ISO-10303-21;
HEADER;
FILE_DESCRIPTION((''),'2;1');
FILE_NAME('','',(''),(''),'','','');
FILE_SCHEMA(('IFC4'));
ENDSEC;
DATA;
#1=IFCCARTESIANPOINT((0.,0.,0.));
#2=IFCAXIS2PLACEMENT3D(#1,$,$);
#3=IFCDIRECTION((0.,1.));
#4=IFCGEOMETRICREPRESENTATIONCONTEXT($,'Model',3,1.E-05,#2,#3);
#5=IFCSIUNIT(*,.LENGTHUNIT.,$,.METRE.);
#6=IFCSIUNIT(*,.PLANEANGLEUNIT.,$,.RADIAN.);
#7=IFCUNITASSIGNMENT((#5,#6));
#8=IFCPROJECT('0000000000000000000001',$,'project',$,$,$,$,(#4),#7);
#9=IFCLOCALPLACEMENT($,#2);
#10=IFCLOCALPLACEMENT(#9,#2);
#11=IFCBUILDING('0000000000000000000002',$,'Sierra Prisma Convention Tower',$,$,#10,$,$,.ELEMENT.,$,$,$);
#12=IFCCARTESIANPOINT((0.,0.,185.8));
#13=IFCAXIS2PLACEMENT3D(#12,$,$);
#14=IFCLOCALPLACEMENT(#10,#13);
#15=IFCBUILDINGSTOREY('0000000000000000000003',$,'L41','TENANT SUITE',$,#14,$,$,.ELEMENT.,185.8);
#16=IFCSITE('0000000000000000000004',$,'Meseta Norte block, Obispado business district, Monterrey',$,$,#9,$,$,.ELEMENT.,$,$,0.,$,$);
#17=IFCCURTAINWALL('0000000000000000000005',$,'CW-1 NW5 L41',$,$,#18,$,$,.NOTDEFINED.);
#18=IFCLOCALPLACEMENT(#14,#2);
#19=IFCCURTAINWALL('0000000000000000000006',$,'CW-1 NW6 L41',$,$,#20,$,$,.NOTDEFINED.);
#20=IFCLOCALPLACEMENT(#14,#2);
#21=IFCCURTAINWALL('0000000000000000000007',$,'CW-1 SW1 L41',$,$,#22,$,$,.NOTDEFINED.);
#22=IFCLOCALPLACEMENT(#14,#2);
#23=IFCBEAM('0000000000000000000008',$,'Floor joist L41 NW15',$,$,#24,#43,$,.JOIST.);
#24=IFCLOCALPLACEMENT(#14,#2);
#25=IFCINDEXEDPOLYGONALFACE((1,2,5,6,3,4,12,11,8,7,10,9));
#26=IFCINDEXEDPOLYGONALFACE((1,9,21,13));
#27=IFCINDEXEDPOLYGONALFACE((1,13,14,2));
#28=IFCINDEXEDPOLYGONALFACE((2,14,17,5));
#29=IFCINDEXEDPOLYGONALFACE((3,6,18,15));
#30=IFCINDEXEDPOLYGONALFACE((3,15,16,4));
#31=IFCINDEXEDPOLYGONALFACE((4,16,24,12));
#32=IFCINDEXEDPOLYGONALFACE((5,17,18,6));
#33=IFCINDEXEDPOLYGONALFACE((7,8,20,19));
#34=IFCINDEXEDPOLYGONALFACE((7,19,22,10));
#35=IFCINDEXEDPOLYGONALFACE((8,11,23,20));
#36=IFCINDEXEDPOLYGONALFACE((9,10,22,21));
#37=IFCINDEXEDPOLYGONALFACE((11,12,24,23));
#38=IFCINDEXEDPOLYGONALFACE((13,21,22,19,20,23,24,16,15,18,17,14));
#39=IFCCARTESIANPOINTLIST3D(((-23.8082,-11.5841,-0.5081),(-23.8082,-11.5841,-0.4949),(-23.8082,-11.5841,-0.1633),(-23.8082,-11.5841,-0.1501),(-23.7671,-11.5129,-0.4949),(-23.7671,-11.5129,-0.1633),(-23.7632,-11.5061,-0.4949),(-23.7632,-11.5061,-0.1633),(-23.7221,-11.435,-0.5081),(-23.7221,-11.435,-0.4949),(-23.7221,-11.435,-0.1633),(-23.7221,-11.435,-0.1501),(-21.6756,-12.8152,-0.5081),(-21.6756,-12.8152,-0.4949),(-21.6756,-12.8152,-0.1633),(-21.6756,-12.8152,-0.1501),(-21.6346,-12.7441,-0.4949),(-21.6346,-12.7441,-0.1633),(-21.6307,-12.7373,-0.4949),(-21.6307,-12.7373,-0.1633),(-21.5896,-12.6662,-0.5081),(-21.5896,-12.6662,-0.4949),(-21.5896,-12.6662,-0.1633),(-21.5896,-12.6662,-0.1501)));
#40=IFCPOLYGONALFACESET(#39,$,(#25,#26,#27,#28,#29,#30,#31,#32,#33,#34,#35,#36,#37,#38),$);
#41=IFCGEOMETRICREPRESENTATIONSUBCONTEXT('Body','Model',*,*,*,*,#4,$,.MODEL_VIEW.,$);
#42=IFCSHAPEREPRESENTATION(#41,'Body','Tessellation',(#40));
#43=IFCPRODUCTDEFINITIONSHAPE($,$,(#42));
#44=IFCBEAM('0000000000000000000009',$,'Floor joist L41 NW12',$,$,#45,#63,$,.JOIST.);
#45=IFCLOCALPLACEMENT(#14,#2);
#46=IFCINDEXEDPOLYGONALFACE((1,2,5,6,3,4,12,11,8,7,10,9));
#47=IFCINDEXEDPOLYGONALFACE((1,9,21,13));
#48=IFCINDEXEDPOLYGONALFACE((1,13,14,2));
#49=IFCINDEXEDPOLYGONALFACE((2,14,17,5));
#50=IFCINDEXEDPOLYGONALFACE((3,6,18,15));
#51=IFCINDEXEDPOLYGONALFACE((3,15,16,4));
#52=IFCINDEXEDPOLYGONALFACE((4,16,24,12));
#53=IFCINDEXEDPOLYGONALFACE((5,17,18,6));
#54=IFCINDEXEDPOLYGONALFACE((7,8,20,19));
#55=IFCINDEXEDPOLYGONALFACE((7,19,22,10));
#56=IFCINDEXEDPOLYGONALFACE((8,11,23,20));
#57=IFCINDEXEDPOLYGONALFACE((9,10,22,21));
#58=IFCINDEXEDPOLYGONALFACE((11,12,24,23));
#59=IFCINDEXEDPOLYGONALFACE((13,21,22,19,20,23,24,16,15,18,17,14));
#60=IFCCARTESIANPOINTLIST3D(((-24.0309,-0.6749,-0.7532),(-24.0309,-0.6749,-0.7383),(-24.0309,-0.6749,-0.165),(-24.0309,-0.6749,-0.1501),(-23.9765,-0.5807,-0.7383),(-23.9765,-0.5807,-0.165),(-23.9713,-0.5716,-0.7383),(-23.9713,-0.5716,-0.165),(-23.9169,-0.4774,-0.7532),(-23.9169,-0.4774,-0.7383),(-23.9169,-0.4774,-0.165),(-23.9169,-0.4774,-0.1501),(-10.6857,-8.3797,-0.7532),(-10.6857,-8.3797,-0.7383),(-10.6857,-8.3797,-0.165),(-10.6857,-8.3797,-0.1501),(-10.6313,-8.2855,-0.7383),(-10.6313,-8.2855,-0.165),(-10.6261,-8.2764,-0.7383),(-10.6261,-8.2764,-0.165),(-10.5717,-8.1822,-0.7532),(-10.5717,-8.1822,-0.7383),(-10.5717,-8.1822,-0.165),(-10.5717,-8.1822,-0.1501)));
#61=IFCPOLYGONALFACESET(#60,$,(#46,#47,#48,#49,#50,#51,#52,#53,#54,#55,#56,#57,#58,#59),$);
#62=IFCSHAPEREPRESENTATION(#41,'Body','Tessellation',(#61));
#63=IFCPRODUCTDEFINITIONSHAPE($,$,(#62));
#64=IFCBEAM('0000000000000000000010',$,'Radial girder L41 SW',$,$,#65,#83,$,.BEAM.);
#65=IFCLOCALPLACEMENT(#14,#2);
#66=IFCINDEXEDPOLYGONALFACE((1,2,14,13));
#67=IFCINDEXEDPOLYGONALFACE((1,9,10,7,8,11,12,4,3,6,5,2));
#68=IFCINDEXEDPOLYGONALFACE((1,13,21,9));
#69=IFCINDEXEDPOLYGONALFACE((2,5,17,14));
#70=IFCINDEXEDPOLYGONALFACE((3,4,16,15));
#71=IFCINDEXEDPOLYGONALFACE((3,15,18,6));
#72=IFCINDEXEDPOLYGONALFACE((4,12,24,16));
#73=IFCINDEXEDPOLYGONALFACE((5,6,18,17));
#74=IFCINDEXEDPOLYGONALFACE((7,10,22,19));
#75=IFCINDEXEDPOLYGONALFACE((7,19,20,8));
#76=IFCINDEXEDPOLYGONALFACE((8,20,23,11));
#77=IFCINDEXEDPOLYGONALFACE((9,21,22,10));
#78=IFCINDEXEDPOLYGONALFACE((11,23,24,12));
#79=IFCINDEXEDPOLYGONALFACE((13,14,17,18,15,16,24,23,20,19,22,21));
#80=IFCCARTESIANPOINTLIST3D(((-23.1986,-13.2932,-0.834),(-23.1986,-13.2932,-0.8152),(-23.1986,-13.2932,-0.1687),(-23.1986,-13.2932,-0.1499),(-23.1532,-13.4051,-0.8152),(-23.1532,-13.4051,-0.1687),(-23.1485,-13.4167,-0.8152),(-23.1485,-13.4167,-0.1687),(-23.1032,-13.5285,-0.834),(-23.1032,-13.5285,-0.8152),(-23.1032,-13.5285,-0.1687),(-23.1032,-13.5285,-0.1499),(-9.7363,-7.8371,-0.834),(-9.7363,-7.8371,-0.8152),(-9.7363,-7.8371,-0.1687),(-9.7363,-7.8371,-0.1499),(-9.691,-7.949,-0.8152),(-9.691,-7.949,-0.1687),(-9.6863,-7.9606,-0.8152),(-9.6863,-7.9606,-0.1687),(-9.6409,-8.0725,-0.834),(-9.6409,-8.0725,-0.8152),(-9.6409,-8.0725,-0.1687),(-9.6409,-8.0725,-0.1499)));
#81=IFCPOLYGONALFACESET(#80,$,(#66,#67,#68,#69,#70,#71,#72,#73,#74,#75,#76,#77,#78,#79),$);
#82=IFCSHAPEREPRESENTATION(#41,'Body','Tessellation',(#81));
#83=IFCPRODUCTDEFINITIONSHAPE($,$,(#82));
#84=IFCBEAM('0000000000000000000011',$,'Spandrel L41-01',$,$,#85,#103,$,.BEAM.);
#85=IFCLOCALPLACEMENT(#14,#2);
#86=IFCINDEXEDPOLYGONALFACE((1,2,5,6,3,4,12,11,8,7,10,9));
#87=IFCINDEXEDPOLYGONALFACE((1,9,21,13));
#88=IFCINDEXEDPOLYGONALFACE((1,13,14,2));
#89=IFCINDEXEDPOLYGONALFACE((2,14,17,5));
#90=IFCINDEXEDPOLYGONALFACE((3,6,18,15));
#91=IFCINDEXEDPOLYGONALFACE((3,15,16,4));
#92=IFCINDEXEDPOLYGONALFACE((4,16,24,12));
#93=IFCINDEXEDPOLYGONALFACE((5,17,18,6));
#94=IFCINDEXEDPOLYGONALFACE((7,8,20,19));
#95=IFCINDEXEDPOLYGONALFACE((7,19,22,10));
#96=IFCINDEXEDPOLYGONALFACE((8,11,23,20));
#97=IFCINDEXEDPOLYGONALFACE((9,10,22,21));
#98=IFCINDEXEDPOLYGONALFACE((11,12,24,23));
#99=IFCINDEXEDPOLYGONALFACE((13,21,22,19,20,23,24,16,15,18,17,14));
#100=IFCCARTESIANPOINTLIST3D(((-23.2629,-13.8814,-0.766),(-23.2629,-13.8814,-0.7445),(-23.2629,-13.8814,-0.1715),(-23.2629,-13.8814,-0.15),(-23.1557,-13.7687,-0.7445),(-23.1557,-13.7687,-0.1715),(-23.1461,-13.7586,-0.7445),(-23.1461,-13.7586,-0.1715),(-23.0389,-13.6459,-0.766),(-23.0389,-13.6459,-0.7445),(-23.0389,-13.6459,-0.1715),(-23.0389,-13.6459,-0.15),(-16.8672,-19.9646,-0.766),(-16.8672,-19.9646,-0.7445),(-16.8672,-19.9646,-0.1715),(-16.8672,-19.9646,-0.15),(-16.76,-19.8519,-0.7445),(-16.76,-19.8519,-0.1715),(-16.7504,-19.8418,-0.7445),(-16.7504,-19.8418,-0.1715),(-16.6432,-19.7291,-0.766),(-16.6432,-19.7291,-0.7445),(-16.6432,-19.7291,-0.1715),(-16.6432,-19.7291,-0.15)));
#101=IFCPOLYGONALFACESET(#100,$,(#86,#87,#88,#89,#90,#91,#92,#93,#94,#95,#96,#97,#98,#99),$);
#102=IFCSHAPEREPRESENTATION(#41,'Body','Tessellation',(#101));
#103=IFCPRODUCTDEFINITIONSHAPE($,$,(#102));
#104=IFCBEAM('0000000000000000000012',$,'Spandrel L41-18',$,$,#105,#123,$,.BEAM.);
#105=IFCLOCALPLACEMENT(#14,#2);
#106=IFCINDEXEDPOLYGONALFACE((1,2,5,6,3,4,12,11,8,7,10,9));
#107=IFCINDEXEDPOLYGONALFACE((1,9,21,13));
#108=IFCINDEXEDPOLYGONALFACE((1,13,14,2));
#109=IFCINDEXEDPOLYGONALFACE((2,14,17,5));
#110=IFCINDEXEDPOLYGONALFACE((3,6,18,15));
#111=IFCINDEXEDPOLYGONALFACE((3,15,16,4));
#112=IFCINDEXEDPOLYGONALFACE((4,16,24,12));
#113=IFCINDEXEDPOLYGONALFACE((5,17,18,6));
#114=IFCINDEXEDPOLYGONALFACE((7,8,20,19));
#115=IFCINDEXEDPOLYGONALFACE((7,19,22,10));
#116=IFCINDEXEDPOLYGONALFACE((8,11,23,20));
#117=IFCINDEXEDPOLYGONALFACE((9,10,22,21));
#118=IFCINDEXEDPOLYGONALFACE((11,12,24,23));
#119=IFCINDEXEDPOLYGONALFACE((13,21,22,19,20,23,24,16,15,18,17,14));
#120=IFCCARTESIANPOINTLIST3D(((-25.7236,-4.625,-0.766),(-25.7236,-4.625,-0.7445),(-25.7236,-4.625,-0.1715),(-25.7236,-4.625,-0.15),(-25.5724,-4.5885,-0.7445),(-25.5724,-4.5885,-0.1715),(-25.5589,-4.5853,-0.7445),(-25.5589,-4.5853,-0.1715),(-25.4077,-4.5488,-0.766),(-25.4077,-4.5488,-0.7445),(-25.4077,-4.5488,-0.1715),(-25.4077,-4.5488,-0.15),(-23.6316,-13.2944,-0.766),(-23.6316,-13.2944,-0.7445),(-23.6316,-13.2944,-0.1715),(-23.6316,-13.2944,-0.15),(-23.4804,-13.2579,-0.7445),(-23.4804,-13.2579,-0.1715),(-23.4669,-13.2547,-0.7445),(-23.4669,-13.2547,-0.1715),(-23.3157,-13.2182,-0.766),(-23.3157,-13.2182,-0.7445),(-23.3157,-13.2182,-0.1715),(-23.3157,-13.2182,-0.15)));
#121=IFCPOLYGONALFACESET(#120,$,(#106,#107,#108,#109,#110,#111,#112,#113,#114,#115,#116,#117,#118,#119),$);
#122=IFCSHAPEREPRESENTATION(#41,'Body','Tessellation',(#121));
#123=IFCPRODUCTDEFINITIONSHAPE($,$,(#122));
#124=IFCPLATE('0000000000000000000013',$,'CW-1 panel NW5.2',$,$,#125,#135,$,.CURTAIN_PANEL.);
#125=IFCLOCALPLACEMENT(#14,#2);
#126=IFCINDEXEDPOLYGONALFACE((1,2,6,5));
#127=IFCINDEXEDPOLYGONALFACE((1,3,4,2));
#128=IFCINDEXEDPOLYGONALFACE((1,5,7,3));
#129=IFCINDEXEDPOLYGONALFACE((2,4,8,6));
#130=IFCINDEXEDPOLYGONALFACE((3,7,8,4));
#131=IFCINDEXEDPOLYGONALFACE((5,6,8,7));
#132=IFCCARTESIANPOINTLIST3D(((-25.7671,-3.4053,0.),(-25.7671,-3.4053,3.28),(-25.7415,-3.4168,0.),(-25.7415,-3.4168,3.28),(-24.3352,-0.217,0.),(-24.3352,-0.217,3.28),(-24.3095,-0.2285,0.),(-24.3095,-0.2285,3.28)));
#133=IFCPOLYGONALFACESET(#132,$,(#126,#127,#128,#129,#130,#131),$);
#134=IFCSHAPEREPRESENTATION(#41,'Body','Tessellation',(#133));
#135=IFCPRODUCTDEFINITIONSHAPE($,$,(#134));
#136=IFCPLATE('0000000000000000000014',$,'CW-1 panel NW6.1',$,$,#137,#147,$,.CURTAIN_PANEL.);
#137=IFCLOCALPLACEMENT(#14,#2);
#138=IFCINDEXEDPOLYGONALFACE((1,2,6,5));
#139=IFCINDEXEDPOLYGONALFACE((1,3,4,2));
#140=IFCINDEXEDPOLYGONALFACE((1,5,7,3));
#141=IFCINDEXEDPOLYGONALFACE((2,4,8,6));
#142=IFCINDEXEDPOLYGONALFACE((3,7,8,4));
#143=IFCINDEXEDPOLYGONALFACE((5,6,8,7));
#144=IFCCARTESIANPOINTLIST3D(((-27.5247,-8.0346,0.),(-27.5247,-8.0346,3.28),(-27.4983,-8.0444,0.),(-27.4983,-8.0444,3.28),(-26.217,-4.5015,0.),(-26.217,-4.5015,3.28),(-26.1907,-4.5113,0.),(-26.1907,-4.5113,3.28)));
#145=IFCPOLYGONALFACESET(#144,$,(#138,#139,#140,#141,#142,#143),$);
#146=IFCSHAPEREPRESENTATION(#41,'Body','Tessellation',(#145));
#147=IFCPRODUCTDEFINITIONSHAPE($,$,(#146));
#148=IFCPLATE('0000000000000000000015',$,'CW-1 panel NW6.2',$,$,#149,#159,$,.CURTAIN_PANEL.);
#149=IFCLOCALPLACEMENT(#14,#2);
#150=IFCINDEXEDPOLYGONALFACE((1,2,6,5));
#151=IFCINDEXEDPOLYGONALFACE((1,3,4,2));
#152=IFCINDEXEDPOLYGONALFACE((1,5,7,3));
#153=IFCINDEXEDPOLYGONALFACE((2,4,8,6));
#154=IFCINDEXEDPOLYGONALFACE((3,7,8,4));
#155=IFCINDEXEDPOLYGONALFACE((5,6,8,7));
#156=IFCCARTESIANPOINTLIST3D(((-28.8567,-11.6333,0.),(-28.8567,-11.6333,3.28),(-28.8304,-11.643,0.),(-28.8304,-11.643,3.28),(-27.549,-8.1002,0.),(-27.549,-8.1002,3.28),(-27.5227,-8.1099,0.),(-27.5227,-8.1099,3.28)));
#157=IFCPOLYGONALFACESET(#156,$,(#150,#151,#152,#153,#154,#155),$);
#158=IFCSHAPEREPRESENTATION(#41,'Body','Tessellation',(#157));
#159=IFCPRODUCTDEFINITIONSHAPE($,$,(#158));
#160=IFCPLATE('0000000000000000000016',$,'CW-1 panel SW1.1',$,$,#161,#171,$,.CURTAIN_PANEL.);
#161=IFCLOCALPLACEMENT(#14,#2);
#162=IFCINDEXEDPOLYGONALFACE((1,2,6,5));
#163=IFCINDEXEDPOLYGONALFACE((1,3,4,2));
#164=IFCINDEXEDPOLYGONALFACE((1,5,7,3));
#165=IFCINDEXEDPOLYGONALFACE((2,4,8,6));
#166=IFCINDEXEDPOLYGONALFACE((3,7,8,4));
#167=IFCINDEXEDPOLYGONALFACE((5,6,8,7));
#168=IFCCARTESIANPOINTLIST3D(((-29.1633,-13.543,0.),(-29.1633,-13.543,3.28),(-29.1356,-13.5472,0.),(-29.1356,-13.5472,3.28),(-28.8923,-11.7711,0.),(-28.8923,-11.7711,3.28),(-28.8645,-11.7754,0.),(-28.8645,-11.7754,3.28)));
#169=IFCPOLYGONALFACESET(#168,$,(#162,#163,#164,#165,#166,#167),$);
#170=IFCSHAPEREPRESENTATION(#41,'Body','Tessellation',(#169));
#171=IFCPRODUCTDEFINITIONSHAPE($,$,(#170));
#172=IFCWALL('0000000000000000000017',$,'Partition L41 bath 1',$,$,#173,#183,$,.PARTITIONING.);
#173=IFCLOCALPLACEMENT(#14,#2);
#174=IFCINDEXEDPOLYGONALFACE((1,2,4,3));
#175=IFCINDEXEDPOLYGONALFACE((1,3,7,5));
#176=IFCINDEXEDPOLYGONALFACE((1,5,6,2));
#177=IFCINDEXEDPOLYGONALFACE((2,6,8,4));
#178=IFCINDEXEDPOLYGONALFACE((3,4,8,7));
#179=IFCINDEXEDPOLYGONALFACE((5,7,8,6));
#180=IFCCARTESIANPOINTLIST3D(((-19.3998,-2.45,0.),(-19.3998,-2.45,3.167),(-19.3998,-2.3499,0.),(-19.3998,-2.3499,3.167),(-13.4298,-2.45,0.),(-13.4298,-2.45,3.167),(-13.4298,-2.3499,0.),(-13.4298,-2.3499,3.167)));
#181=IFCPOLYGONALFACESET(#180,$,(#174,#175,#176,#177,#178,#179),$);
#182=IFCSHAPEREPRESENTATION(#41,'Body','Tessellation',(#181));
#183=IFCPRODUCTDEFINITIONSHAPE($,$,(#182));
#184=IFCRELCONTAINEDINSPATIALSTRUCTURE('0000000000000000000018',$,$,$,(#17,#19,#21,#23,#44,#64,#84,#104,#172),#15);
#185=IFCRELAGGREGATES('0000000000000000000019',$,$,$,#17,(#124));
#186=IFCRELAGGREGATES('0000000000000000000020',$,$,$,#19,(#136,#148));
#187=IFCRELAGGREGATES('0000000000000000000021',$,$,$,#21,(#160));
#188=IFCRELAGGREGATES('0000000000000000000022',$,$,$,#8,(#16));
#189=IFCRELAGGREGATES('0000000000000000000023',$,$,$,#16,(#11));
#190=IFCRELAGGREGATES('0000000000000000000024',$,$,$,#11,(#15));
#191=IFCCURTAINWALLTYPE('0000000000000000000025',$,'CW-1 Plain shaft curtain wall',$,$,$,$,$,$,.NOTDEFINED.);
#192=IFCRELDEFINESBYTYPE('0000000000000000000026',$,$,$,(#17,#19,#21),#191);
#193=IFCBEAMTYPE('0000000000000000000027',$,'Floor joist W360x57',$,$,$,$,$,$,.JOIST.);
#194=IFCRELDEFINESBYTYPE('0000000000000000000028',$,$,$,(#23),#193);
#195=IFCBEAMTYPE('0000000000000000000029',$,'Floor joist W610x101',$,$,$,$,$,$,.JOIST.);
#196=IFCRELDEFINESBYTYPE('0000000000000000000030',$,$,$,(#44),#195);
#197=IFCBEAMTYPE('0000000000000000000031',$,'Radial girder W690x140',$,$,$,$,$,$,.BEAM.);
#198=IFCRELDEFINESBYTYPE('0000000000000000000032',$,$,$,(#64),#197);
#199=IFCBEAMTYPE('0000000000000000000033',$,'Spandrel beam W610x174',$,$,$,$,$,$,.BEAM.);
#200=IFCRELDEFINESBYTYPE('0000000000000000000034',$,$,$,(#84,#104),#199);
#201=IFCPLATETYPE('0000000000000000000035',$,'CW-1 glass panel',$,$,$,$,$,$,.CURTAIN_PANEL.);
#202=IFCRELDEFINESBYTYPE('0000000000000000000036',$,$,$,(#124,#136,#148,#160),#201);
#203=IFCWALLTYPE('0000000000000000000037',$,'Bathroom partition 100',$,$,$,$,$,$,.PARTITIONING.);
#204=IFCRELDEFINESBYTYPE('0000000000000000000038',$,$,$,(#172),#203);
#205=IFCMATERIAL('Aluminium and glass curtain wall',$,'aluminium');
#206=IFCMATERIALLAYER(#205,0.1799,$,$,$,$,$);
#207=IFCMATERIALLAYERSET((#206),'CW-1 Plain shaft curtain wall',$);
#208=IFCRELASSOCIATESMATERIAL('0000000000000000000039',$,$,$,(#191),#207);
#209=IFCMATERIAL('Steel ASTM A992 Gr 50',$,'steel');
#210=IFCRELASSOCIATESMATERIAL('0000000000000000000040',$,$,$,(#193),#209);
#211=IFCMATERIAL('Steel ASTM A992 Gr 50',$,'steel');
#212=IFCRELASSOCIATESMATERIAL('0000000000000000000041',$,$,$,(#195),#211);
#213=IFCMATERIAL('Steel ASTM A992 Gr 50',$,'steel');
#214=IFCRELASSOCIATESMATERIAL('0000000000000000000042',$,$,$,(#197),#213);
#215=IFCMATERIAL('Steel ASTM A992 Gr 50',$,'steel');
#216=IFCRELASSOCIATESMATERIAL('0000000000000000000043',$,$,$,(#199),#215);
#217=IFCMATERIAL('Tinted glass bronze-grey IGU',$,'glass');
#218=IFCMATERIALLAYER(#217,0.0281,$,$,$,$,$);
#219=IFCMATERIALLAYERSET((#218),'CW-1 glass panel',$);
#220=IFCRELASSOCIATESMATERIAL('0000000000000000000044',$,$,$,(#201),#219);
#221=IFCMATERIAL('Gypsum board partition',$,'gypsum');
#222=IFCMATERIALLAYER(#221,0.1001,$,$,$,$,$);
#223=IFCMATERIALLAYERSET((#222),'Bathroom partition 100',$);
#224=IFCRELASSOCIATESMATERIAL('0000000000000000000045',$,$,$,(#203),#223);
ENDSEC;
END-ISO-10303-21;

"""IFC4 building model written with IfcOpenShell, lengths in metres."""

from ifc_helpers import new_model, si_unit, direction, frame, frame_2d, origin, origin_2d, place, context, subcontext, project, spatial, rectangle, i_section, extrude, material, layer, layer_set, material_profile, profile_set, type_object, element, aggregate, save


model = new_model("IFC4")

# Units and contexts
model_context = context("Model", 3, precision=1e-05, world=origin(), true_north=direction((0.0, 1.0)))
body_context = subcontext(model_context, "Body", "Model", "MODEL_VIEW")
ifc_project = project(units=[si_unit("LENGTHUNIT", "METRE"), si_unit("PLANEANGLEUNIT", "RADIAN")], contexts=[model_context])

# Site, building, storey
site_placement = place(None, origin())
site = spatial("IfcSite", under=ifc_project, at=site_placement, Name="Meseta Norte block, Obispado business district, Monterrey", CompositionType="ELEMENT", RefElevation=0.0)
building_placement = place(site_placement, origin())
building = spatial("IfcBuilding", under=site, at=building_placement, Name="Sierra Prisma Convention Tower", CompositionType="ELEMENT")
storey_placement = place(building_placement, frame((0.0, 0.0, 185.8)))
storey = spatial("IfcBuildingStorey", under=building, at=storey_placement, Name="L41", Description="TENANT SUITE", CompositionType="ELEMENT", Elevation=185.8)

# Curtain walls
ifc_material_1 = material(Name="Aluminium and glass curtain wall", Category="aluminium")
ifc_layer_1 = layer(ifc_material_1, 0.1799)
ifc_layer_set_1 = layer_set([ifc_layer_1], Name="CW-1 Plain shaft curtain wall")
curtain_wall_type = type_object("IfcCurtainWallType", Name="CW-1 Plain shaft curtain wall", PredefinedType="NOTDEFINED", material=ifc_layer_set_1)
curtain_wall_1_placement = place(storey_placement, origin())
curtain_wall_1 = element("IfcCurtainWall", 1, at=curtain_wall_1_placement, inside=storey, type_object=curtain_wall_type, Name="CW-1 NW5 L41", PredefinedType="NOTDEFINED")
curtain_wall_2_placement = place(storey_placement, origin())
curtain_wall_2 = element("IfcCurtainWall", 2, at=curtain_wall_2_placement, inside=storey, type_object=curtain_wall_type, Name="CW-1 NW6 L41", PredefinedType="NOTDEFINED")
curtain_wall_3_placement = place(storey_placement, origin())
curtain_wall_3 = element("IfcCurtainWall", 3, at=curtain_wall_3_placement, inside=storey, type_object=curtain_wall_type, Name="CW-1 SW1 L41", PredefinedType="NOTDEFINED")

# Beams
ifc_material_2 = material(Name="Steel ASTM A992 Gr 50", Category="steel")
ifc_material_profile_1 = material_profile(ifc_material_2, i_section(OverallWidth=0.1721, OverallDepth=0.3579, WebThickness=0.0078, FlangeThickness=0.0132, at=origin_2d()), Name="W360x57")
ifc_profile_set_1 = profile_set([ifc_material_profile_1], Name="Steel ASTM A992 Gr 50")
beam_type_1 = type_object("IfcBeamType", Name="Floor joist W360x57", PredefinedType="JOIST", material=ifc_profile_set_1)
beam_1_placement = place(storey_placement, frame((-23.7651, -11.5095, -0.3291), z_axis=(0.866032, -0.499989, 0.0), x_axis=(0.499989, 0.866032, 0.0)))
element("IfcBeam", 4, at=beam_1_placement, inside=storey, type_object=beam_type_1, Name="Floor joist L41 NW15", PredefinedType="JOIST", context=body_context, shape_type="SweptSolid", body=[
    extrude(i_section(OverallWidth=0.1721, OverallDepth=0.3579, WebThickness=0.0078, FlangeThickness=0.0132, at=origin_2d()), origin(), (0.0, 0.0, 1.0), 2.4624),
])
ifc_material_3 = material(Name="Steel ASTM A992 Gr 50", Category="steel")
ifc_material_profile_2 = material_profile(ifc_material_3, i_section(OverallWidth=0.228, OverallDepth=0.603, WebThickness=0.0105, FlangeThickness=0.0149, at=origin_2d()), Name="W610x101")
ifc_profile_set_2 = profile_set([ifc_material_profile_2], Name="Steel ASTM A992 Gr 50")
beam_type_2 = type_object("IfcBeamType", Name="Floor joist W610x101", PredefinedType="JOIST", material=ifc_profile_set_2)
beam_2_placement = place(storey_placement, frame((-23.9739, -0.5762, -0.4517), z_axis=(0.866026, -0.499999, 0.0), x_axis=(0.499999, 0.866026, 0.0)))
element("IfcBeam", 5, at=beam_2_placement, inside=storey, type_object=beam_type_2, Name="Floor joist L41 NW12", PredefinedType="JOIST", context=body_context, shape_type="SweptSolid", body=[
    extrude(i_section(OverallWidth=0.228, OverallDepth=0.603, WebThickness=0.0105, FlangeThickness=0.0149, at=origin_2d()), origin(), (0.0, 0.0, 1.0), 15.4097),
])
ifc_material_4 = material(Name="Steel ASTM A992 Gr 50", Category="steel")
ifc_material_profile_3 = material_profile(ifc_material_4, i_section(OverallWidth=0.2539, OverallDepth=0.6841, WebThickness=0.0125, FlangeThickness=0.0188, at=origin_2d()), Name="W690x140")
ifc_profile_set_3 = profile_set([ifc_material_profile_3], Name="Steel ASTM A992 Gr 50")
beam_type_3 = type_object("IfcBeamType", Name="Radial girder W690x140", PredefinedType="BEAM", material=ifc_profile_set_3)
beam_3_placement = place(storey_placement, frame((-23.1509, -13.4109, -0.4919), z_axis=(0.926777, 0.375612, 0.0), x_axis=(-0.375612, 0.926777, 0.0)))
element("IfcBeam", 6, at=beam_3_placement, inside=storey, type_object=beam_type_3, Name="Radial girder L41 SW", PredefinedType="BEAM", context=body_context, shape_type="SweptSolid", body=[
    extrude(i_section(OverallWidth=0.2539, OverallDepth=0.6841, WebThickness=0.0125, FlangeThickness=0.0188, at=origin_2d()), origin(), (0.0, 0.0, 1.0), 14.5259),
])
ifc_material_5 = material(Name="Steel ASTM A992 Gr 50", Category="steel")
ifc_material_profile_4 = material_profile(ifc_material_5, i_section(OverallWidth=0.325, OverallDepth=0.616, WebThickness=0.0139, FlangeThickness=0.0215, at=origin_2d()), Name="W610x174")
ifc_profile_set_4 = profile_set([ifc_material_profile_4], Name="Steel ASTM A992 Gr 50")
beam_type_4 = type_object("IfcBeamType", Name="Spandrel beam W610x174", PredefinedType="BEAM", material=ifc_profile_set_4)
beam_4_placement = place(storey_placement, frame((-23.1509, -13.7637, -0.458), z_axis=(0.724587, -0.689183, 0.0), x_axis=(0.689183, 0.724587, 0.0)))
element("IfcBeam", 7, at=beam_4_placement, inside=storey, type_object=beam_type_4, Name="Spandrel L41-01", PredefinedType="BEAM", context=body_context, shape_type="SweptSolid", body=[
    extrude(i_section(OverallWidth=0.325, OverallDepth=0.616, WebThickness=0.0139, FlangeThickness=0.0215, at=origin_2d()), origin(), (0.0, 0.0, 1.0), 8.8267),
])
beam_5_placement = place(storey_placement, frame((-25.5657, -4.5869, -0.458), z_axis=(0.234579, -0.972097, 0.0), x_axis=(0.972097, 0.234579, 0.0)))
element("IfcBeam", 8, at=beam_5_placement, inside=storey, type_object=beam_type_4, Name="Spandrel L41-18", PredefinedType="BEAM", context=body_context, shape_type="SweptSolid", body=[
    extrude(i_section(OverallWidth=0.325, OverallDepth=0.616, WebThickness=0.0139, FlangeThickness=0.0215, at=origin_2d()), origin(), (0.0, 0.0, 1.0), 8.9182),
])

# Plates
ifc_material_6 = material(Name="Tinted glass bronze-grey IGU", Category="glass")
ifc_layer_2 = layer(ifc_material_6, 0.0281)
ifc_layer_set_2 = layer_set([ifc_layer_2], Name="CW-1 glass panel")
plate_type = type_object("IfcPlateType", Name="CW-1 glass panel", PredefinedType="CURTAIN_PANEL", material=ifc_layer_set_2)
plate_1_placement = place(storey_placement, frame((-25.0383, -1.8169, 0.0), z_axis=(0.0, 0.0, 1.0), x_axis=(-0.409703, -0.912219, 0.0)))
plate_1 = element("IfcPlate", 9, at=plate_1_placement, type_object=plate_type, Name="CW-1 panel NW5.2", PredefinedType="CURTAIN_PANEL", context=body_context, shape_type="SweptSolid", body=[
    extrude(rectangle(XDim=3.4951, YDim=0.0281, at=origin_2d()), origin(), (0.0, 0.0, 1.0), 3.28),
])
aggregate(curtain_wall_1, [plate_1])
plate_2_placement = place(storey_placement, frame((-26.8577, -6.2729, 0.0), z_axis=(0.0, 0.0, 1.0), x_axis=(-0.347104, -0.937827, 0.0)))
plate_2 = element("IfcPlate", 10, at=plate_2_placement, type_object=plate_type, Name="CW-1 panel NW6.1", PredefinedType="CURTAIN_PANEL", context=body_context, shape_type="SweptSolid", body=[
    extrude(rectangle(XDim=3.7673, YDim=0.0281, at=origin_2d()), origin(), (0.0, 0.0, 1.0), 3.28),
])
plate_3_placement = place(storey_placement, frame((-28.1897, -9.8716, 0.0), z_axis=(0.0, 0.0, 1.0), x_axis=(-0.347104, -0.937827, 0.0)))
plate_3 = element("IfcPlate", 11, at=plate_3_placement, type_object=plate_type, Name="CW-1 panel NW6.2", PredefinedType="CURTAIN_PANEL", context=body_context, shape_type="SweptSolid", body=[
    extrude(rectangle(XDim=3.7673, YDim=0.0281, at=origin_2d()), origin(), (0.0, 0.0, 1.0), 3.28),
])
aggregate(curtain_wall_2, [plate_2, plate_3])
plate_4_placement = place(storey_placement, frame((-29.0139, -12.6592, 0.0), z_axis=(0.0, 0.0, 1.0), x_axis=(-0.151224, -0.9885, 0.0)))
plate_4 = element("IfcPlate", 12, at=plate_4_placement, type_object=plate_type, Name="CW-1 panel SW1.1", PredefinedType="CURTAIN_PANEL", context=body_context, shape_type="SweptSolid", body=[
    extrude(rectangle(XDim=1.7925, YDim=0.0281, at=origin_2d()), origin(), (0.0, 0.0, 1.0), 3.28),
])
aggregate(curtain_wall_3, [plate_4])

# Wall
ifc_material_7 = material(Name="Gypsum board partition", Category="gypsum")
ifc_layer_3 = layer(ifc_material_7, 0.1001)
ifc_layer_set_3 = layer_set([ifc_layer_3], Name="Bathroom partition 100")
wall_type_1 = type_object("IfcWallType", Name="Bathroom partition 100", PredefinedType="PARTITIONING", material=ifc_layer_set_3)
wall_1_placement = place(storey_placement, frame((-13.4299, -2.3999, 0.0), z_axis=(0.0, 0.0, 1.0), x_axis=(-1.0, 0.0, 0.0)))
element("IfcWall", 13, at=wall_1_placement, inside=storey, type_object=wall_type_1, Name="Partition L41 bath 1", PredefinedType="PARTITIONING", context=body_context, shape_type="SweptSolid", body=[
    extrude(rectangle(XDim=5.97, YDim=0.1001, at=frame_2d((2.9849, 0.0))), origin(), (0.0, 0.0, 1.0), 3.167),
])

save(model, "model.ifc")
